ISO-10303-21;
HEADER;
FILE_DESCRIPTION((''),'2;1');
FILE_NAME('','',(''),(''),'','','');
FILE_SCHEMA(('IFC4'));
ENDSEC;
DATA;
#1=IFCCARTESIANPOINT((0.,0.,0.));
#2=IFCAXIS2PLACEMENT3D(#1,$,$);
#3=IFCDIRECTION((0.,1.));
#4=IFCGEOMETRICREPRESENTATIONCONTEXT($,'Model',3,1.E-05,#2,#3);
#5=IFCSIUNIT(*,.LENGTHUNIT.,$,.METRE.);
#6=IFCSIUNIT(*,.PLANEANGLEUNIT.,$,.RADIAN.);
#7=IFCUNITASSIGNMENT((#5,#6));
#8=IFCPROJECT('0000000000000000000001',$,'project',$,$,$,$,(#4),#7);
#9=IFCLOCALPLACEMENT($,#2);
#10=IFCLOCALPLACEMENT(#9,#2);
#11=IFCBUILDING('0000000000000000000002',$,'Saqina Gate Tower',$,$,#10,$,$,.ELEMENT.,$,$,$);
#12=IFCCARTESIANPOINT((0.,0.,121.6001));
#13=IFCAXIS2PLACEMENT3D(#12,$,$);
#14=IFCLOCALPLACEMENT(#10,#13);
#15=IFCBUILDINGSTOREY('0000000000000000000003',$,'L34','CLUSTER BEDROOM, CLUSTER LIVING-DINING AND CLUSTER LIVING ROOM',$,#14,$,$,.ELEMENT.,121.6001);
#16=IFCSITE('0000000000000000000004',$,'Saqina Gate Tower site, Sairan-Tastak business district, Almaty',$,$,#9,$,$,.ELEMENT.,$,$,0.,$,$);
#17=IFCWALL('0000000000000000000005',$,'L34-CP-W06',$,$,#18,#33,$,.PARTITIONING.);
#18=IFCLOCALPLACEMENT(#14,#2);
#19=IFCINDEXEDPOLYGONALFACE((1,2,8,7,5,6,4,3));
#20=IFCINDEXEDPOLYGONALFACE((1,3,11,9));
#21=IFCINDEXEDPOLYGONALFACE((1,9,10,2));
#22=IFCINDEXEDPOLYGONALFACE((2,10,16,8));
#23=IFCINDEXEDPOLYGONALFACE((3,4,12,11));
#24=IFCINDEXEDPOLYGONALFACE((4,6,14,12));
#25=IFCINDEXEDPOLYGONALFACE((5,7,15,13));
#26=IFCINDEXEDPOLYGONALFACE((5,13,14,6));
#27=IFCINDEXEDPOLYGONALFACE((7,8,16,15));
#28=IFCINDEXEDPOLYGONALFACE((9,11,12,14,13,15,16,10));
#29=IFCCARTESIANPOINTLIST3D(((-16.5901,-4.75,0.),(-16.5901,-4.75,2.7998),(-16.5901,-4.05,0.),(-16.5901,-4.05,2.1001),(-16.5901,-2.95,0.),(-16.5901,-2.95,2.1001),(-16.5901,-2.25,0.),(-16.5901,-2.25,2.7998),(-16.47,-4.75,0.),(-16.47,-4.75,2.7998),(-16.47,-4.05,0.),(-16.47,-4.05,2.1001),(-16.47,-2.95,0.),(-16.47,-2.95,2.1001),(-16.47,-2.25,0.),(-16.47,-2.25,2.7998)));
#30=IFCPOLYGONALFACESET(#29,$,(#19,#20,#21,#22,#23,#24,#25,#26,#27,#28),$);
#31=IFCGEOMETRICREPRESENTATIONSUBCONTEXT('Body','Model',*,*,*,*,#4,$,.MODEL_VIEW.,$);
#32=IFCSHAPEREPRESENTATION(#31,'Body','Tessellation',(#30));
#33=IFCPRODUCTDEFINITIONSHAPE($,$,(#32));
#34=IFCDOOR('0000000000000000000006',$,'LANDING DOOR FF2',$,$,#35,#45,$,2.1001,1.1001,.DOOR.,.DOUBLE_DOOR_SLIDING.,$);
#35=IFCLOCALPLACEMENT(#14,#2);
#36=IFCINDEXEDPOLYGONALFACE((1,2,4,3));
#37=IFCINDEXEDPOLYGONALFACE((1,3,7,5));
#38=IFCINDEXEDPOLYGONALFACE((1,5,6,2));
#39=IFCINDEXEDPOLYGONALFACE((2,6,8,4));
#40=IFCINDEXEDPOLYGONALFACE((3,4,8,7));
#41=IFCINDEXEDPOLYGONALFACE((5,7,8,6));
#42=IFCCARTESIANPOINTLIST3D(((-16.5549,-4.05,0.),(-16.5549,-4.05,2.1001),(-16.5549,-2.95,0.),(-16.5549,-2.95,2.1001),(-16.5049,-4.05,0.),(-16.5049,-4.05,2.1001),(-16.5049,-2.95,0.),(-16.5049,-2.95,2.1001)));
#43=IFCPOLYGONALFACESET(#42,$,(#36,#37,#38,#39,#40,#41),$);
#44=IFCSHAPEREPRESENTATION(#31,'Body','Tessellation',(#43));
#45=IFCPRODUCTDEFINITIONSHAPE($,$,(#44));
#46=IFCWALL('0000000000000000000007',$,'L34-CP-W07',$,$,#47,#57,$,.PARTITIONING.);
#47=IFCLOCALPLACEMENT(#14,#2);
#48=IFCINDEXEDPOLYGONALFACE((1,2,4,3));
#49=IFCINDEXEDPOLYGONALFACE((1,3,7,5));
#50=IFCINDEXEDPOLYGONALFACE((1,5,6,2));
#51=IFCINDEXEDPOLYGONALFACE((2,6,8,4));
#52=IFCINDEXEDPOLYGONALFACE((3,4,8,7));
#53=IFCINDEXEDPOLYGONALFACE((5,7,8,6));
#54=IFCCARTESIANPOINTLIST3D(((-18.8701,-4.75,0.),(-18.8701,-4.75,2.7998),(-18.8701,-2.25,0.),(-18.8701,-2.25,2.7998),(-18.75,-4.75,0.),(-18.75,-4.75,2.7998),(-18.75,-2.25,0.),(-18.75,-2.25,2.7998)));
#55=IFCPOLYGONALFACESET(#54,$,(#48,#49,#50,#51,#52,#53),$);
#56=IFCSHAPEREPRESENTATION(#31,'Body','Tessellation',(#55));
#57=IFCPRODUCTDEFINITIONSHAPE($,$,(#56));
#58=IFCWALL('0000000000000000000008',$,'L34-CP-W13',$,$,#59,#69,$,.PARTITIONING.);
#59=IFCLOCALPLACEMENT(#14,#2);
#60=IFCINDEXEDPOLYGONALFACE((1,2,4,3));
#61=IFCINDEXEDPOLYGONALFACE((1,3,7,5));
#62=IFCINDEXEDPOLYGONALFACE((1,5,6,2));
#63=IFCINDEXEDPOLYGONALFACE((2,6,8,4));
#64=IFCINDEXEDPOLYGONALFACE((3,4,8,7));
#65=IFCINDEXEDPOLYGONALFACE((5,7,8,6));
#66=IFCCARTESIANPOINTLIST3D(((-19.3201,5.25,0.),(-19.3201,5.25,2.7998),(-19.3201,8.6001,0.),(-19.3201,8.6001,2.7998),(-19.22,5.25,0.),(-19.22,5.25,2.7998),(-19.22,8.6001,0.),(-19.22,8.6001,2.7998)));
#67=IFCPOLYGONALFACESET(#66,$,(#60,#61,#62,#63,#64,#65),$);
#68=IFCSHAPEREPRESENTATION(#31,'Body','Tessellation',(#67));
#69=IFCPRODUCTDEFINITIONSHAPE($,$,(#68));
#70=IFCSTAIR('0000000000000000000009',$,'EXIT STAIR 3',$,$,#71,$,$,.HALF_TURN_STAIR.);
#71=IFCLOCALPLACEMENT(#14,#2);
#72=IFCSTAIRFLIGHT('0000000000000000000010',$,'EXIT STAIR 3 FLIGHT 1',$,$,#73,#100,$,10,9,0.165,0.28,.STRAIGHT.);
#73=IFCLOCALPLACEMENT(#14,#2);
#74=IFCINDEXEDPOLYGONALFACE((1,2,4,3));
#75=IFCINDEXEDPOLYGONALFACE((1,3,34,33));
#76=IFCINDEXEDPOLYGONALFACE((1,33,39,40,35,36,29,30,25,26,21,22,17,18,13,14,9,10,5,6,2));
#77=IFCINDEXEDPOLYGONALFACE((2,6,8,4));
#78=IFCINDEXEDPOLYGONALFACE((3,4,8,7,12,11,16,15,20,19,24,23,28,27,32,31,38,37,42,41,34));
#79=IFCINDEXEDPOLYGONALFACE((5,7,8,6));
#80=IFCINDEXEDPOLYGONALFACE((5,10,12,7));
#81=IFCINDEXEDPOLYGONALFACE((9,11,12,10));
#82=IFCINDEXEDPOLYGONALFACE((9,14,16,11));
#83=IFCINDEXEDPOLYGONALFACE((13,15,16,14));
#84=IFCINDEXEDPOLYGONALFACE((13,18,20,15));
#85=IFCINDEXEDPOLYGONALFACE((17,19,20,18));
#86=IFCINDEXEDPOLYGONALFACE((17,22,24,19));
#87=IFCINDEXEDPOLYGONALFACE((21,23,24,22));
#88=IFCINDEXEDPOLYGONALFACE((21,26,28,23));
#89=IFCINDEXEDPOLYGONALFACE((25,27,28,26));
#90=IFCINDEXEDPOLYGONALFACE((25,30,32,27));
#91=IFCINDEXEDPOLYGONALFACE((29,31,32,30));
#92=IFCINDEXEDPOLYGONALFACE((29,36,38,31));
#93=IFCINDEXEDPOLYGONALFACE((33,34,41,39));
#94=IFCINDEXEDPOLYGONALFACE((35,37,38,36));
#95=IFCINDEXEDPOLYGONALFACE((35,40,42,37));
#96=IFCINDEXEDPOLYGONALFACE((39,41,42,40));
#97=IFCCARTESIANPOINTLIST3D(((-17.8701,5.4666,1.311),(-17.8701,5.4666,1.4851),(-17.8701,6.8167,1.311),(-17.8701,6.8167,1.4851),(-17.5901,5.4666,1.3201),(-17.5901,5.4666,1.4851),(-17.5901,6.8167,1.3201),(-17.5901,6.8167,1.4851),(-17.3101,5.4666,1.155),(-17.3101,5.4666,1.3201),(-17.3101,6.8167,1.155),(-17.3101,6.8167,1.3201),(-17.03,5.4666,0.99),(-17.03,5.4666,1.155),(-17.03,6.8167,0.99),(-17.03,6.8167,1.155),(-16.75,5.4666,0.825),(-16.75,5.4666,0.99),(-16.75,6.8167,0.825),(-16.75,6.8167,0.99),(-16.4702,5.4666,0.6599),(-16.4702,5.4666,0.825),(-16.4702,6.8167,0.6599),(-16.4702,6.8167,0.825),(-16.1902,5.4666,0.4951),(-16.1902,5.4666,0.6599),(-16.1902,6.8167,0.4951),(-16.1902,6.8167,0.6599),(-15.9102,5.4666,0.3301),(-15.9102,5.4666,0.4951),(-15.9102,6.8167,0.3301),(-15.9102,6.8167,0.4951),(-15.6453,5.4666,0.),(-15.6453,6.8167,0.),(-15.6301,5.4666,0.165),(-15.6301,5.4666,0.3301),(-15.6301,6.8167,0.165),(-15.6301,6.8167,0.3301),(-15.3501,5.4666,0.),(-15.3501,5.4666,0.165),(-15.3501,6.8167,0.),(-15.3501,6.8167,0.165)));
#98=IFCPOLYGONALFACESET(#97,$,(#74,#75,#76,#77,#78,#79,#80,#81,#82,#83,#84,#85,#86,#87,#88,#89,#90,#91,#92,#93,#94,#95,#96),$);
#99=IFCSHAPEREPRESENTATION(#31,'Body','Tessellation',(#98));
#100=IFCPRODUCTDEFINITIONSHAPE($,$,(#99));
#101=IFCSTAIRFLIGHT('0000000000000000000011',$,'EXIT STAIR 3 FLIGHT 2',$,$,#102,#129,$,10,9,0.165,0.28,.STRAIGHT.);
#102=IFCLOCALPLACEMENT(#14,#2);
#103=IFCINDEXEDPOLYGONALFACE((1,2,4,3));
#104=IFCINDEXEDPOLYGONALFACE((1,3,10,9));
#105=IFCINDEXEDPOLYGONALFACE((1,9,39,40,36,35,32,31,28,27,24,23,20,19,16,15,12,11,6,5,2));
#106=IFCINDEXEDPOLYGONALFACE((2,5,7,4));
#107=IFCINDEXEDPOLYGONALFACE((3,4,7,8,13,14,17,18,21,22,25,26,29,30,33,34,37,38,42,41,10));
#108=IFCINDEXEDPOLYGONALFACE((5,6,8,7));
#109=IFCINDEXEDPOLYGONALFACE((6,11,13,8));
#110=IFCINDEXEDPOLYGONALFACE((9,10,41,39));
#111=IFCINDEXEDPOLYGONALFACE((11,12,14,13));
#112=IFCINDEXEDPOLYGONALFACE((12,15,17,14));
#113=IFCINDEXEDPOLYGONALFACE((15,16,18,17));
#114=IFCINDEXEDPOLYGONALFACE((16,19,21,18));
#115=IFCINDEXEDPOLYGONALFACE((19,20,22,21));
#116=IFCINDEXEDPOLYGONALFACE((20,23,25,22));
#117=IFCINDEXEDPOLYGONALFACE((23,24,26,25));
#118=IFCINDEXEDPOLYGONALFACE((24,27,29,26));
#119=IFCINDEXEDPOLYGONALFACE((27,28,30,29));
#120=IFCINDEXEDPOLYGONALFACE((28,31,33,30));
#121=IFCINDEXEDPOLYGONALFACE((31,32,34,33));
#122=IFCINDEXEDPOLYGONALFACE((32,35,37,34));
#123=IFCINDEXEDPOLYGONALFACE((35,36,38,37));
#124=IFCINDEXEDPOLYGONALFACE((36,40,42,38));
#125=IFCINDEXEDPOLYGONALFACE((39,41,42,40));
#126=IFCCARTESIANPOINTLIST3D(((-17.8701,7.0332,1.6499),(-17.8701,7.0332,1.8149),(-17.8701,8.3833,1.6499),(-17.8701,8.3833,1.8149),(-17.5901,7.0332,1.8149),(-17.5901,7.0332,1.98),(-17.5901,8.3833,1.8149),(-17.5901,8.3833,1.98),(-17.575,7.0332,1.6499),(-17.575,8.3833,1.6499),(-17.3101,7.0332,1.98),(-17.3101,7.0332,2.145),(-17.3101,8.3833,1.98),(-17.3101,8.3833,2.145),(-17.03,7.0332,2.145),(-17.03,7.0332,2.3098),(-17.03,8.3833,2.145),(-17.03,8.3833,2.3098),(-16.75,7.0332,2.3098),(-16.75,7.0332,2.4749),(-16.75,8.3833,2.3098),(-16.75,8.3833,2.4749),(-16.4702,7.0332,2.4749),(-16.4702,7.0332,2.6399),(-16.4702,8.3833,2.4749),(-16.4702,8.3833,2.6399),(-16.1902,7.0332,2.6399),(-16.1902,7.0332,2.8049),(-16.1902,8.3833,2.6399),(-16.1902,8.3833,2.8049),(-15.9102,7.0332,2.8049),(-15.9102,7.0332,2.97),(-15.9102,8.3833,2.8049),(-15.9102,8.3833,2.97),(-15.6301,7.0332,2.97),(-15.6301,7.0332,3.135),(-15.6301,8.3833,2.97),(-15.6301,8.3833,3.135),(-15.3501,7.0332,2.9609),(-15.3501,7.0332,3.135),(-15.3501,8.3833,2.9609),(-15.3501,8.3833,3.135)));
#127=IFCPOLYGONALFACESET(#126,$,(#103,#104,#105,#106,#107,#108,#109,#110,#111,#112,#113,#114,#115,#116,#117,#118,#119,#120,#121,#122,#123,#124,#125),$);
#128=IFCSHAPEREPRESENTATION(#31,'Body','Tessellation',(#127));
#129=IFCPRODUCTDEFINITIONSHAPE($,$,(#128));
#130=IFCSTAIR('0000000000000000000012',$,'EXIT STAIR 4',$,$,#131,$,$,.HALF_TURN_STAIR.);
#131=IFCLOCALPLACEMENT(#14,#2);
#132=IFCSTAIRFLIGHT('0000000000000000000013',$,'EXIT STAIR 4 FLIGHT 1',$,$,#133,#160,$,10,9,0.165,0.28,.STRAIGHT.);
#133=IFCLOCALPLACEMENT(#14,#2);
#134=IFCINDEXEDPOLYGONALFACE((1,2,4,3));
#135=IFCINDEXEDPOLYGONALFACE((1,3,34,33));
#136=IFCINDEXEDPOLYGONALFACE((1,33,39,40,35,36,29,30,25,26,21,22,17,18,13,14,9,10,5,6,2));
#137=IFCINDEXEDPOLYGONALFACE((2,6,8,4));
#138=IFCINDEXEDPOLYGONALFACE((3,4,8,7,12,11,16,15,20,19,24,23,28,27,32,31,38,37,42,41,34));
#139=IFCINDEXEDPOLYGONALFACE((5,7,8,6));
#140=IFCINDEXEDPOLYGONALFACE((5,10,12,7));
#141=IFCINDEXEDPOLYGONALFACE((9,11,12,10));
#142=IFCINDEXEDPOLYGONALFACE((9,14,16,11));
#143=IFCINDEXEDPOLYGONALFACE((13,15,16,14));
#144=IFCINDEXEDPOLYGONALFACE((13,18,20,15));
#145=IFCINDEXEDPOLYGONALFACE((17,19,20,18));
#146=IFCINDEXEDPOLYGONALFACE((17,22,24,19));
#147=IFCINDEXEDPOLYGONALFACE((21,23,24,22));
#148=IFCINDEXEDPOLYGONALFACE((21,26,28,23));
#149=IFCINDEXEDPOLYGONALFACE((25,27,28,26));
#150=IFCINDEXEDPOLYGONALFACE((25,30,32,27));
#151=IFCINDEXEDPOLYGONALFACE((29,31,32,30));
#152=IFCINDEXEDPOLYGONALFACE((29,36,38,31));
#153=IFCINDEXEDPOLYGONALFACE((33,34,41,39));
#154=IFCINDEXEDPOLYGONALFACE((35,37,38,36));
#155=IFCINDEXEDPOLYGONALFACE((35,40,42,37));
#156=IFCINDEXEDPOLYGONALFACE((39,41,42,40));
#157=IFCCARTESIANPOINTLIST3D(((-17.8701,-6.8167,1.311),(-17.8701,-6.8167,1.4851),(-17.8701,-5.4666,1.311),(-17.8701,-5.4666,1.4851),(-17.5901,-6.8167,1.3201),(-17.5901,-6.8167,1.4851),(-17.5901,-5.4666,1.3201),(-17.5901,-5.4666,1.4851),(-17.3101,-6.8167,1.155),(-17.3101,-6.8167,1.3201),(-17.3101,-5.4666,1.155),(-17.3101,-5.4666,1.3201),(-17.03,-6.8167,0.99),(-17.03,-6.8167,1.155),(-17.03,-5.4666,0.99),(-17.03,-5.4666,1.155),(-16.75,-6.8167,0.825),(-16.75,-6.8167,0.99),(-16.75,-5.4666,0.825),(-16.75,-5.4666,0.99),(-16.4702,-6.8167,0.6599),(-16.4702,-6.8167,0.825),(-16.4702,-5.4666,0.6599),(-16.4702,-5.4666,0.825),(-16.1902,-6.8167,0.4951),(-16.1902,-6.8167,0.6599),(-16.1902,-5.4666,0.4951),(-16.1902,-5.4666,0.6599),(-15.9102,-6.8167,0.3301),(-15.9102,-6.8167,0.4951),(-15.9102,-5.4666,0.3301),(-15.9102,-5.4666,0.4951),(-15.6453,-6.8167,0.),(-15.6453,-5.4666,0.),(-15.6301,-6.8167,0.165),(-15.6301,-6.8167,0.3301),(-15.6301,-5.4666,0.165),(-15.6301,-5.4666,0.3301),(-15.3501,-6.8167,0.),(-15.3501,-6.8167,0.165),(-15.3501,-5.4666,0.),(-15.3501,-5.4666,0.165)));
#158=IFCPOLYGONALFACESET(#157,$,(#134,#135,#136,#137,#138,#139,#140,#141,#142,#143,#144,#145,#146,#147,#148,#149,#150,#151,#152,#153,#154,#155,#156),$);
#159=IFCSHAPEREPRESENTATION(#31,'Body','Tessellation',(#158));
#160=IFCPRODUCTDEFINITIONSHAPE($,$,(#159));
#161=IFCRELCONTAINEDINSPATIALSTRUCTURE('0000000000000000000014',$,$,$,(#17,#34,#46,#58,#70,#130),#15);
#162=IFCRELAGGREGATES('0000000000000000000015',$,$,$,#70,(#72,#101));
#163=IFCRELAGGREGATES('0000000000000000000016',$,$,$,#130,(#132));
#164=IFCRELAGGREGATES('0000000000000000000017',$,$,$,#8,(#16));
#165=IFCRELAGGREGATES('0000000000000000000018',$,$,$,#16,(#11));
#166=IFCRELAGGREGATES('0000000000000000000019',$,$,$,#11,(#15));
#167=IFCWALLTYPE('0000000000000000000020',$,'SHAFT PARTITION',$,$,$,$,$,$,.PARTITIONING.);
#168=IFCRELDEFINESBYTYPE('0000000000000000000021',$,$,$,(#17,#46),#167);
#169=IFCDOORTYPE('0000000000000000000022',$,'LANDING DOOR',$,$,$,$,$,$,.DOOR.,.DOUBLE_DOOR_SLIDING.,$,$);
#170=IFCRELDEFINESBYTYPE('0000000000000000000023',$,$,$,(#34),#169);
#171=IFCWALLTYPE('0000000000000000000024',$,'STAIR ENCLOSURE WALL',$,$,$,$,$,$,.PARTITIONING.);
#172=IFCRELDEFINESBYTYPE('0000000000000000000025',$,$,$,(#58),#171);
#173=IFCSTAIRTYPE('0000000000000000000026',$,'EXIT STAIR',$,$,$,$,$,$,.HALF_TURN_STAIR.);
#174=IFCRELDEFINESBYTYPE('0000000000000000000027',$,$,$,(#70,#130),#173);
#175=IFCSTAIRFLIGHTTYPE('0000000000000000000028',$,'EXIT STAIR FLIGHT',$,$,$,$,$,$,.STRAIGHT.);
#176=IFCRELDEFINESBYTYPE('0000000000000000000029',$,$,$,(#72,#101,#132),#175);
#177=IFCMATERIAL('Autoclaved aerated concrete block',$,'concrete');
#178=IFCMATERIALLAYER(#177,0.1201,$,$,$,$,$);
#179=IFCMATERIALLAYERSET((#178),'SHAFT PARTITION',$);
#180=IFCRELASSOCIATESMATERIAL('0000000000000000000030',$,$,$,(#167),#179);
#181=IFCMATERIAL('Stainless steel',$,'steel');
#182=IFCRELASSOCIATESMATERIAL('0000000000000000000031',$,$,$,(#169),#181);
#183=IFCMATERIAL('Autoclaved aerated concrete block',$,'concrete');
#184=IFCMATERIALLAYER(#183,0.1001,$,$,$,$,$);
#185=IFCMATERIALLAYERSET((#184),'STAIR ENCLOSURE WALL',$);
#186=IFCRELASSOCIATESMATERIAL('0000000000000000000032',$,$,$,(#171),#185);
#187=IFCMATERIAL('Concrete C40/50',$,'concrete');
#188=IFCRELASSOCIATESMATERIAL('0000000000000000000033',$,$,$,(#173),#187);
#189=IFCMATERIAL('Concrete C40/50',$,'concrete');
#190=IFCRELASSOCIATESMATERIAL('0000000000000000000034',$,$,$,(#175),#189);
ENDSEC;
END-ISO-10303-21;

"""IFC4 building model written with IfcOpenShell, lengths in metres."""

from ifc_helpers import new_model, si_unit, direction, frame, frame_2d, origin, place, context, subcontext, project, spatial, polyline, rectangle, outline, extrude, material, layer, layer_set, type_object, element, fill, aggregate, save


model = new_model("IFC4")

# Units and contexts
model_context = context("Model", 3, precision=1e-05, world=origin(), true_north=direction((0.0, 1.0)))
body_context = subcontext(model_context, "Body", "Model", "MODEL_VIEW")
ifc_project = project(units=[si_unit("LENGTHUNIT", "METRE"), si_unit("PLANEANGLEUNIT", "RADIAN")], contexts=[model_context])

# Site, building, storey
site_placement = place(None, origin())
site = spatial("IfcSite", under=ifc_project, at=site_placement, Name="Saqina Gate Tower site, Sairan-Tastak business district, Almaty", CompositionType="ELEMENT", RefElevation=0.0)
building_placement = place(site_placement, origin())
building = spatial("IfcBuilding", under=site, at=building_placement, Name="Saqina Gate Tower", CompositionType="ELEMENT")
storey_placement = place(building_placement, frame((0.0, 0.0, 121.6001)))
storey = spatial("IfcBuildingStorey", under=building, at=storey_placement, Name="L34", Description="CLUSTER BEDROOM, CLUSTER LIVING-DINING AND CLUSTER LIVING ROOM", CompositionType="ELEMENT", Elevation=121.6001)

# Shared definitions
ifc_material_1 = material(Name="Autoclaved aerated concrete block", Category="concrete")
ifc_layer_1 = layer(ifc_material_1, 0.1201)
ifc_layer_set_1 = layer_set([ifc_layer_1], Name="SHAFT PARTITION")
wall_type_1 = type_object("IfcWallType", Name="SHAFT PARTITION", PredefinedType="PARTITIONING", material=ifc_layer_set_1)

# Wall, opening, door
wall_1_placement = place(storey_placement, frame((-16.53, -4.75, 0.0), z_axis=(0.0, 0.0, 1.0), x_axis=(0.0, 1.0, 0.0)))
wall_1 = element("IfcWall", 1, at=wall_1_placement, inside=storey, type_object=wall_type_1, Name="L34-CP-W06", PredefinedType="PARTITIONING", context=body_context, shape_type="SweptSolid", body=[
    extrude(rectangle(XDim=2.5, YDim=0.1201, at=frame_2d((1.25, 0.0))), origin(), (0.0, 0.0, 1.0), 2.7998),
])
opening_1_placement = place(wall_1_placement, frame((0.7, 0.0, 0.0)))
opening_1 = element("IfcOpeningElement", 2, at=opening_1_placement, cuts=wall_1, PredefinedType="OPENING", context=body_context, shape_type="SweptSolid", body=[
    extrude(rectangle(XDim=1.1001, YDim=2.1001, at=frame_2d((0.55, 1.05))), frame((0.0, 0.072, 0.0), z_axis=(0.0, -1.0, 0.0), x_axis=(1.0, 0.0, 0.0)), (0.0, 0.0, 1.0), 0.144),
])
ifc_material_2 = material(Name="Stainless steel", Category="steel")
door_type_1 = type_object("IfcDoorType", Name="LANDING DOOR", OperationType="DOUBLE_DOOR_SLIDING", PredefinedType="DOOR", material=ifc_material_2)
door_1_placement = place(opening_1_placement, origin())
door_1 = element("IfcDoor", 3, at=door_1_placement, inside=storey, type_object=door_type_1, Name="LANDING DOOR FF2", OperationType="DOUBLE_DOOR_SLIDING", OverallHeight=2.1001, OverallWidth=1.1001, PredefinedType="DOOR", context=body_context, shape_type="SweptSolid", body=[
    extrude(rectangle(XDim=1.1001, YDim=2.1001, at=frame_2d((0.55, 1.05))), frame((0.0, 0.0249, 0.0), z_axis=(0.0, -1.0, 0.0), x_axis=(1.0, 0.0, 0.0)), (0.0, 0.0, 1.0), 0.05),
])
fill(opening_1, door_1)

# Walls
wall_2_placement = place(storey_placement, frame((-18.8101, -4.75, 0.0), z_axis=(0.0, 0.0, 1.0), x_axis=(0.0, 1.0, 0.0)))
element("IfcWall", 4, at=wall_2_placement, inside=storey, type_object=wall_type_1, Name="L34-CP-W07", PredefinedType="PARTITIONING", context=body_context, shape_type="SweptSolid", body=[
    extrude(rectangle(XDim=2.5, YDim=0.1201, at=frame_2d((1.25, 0.0))), origin(), (0.0, 0.0, 1.0), 2.7998),
])
ifc_material_3 = material(Name="Autoclaved aerated concrete block", Category="concrete")
ifc_layer_2 = layer(ifc_material_3, 0.1001)
ifc_layer_set_2 = layer_set([ifc_layer_2], Name="STAIR ENCLOSURE WALL")
wall_type_2 = type_object("IfcWallType", Name="STAIR ENCLOSURE WALL", PredefinedType="PARTITIONING", material=ifc_layer_set_2)
wall_3_placement = place(storey_placement, frame((-19.27, 5.25, 0.0), z_axis=(0.0, 0.0, 1.0), x_axis=(0.0, 1.0, 0.0)))
element("IfcWall", 5, at=wall_3_placement, inside=storey, type_object=wall_type_2, Name="L34-CP-W13", PredefinedType="PARTITIONING", context=body_context, shape_type="SweptSolid", body=[
    extrude(rectangle(XDim=3.3501, YDim=0.1001, at=frame_2d((1.675, 0.0))), origin(), (0.0, 0.0, 1.0), 2.7998),
])

# Stair, stair flights
ifc_material_4 = material(Name="Concrete C40/50", Category="concrete")
stair_type = type_object("IfcStairType", Name="EXIT STAIR", PredefinedType="HALF_TURN_STAIR", material=ifc_material_4)
stair_1_placement = place(storey_placement, origin())
stair_1 = element("IfcStair", 6, at=stair_1_placement, inside=storey, type_object=stair_type, Name="EXIT STAIR 3", PredefinedType="HALF_TURN_STAIR")
ifc_material_5 = material(Name="Concrete C40/50", Category="concrete")
stair_flight_type = type_object("IfcStairFlightType", Name="EXIT STAIR FLIGHT", PredefinedType="STRAIGHT", material=ifc_material_5)
stair_flight_1_placement = place(storey_placement, frame((-15.3501, 6.1416, 0.0), z_axis=(0.0, 0.0, 1.0), x_axis=(-1.0, 0.0, 0.0)))
stair_flight_1 = element("IfcStairFlight", 7, at=stair_flight_1_placement, type_object=stair_flight_type, Name="EXIT STAIR 3 FLIGHT 1", NumberOfRisers=10, NumberOfTreads=9, PredefinedType="STRAIGHT", RiserHeight=0.165, TreadLength=0.28, context=body_context, shape_type="SweptSolid", body=[
    extrude(outline(polyline([(0.0, 0.0), (0.0, 0.165), (0.28, 0.165), (0.28, 0.3301), (0.5601, 0.3301), (0.5601, 0.4951), (0.8401, 0.4951), (0.8401, 0.6599), (1.1201, 0.6599), (1.1201, 0.825), (1.3999, 0.825), (1.3999, 0.99), (1.6799, 0.99), (1.6799, 1.155), (1.96, 1.155), (1.96, 1.3201), (2.24, 1.3201), (2.24, 1.4851), (2.52, 1.4851), (2.52, 1.6499), (2.52, 1.311), (0.2952, 0.0), (0.0, 0.0)])), frame((0.0, 0.675, 0.0), z_axis=(0.0, -1.0, 0.0), x_axis=(1.0, 0.0, 0.0)), (0.0, 0.0, 1.0), 1.3501),
])
stair_flight_2_placement = place(storey_placement, frame((-17.8701, 7.7083, 1.6499), z_axis=(0.0, 0.0, 1.0), x_axis=(1.0, 0.0, 0.0)))
stair_flight_2 = element("IfcStairFlight", 8, at=stair_flight_2_placement, type_object=stair_flight_type, Name="EXIT STAIR 3 FLIGHT 2", NumberOfRisers=10, NumberOfTreads=9, PredefinedType="STRAIGHT", RiserHeight=0.165, TreadLength=0.28, context=body_context, shape_type="SweptSolid", body=[
    extrude(outline(polyline([(0.0, 0.0), (0.0, 0.165), (0.28, 0.165), (0.28, 0.3301), (0.5601, 0.3301), (0.5601, 0.4951), (0.8401, 0.4951), (0.8401, 0.6599), (1.1201, 0.6599), (1.1201, 0.825), (1.3999, 0.825), (1.3999, 0.99), (1.6799, 0.99), (1.6799, 1.155), (1.96, 1.155), (1.96, 1.3201), (2.24, 1.3201), (2.24, 1.4851), (2.52, 1.4851), (2.52, 1.6499), (2.52, 1.311), (0.2952, 0.0), (0.0, 0.0)])), frame((0.0, 0.675, 0.0), z_axis=(0.0, -1.0, 0.0), x_axis=(1.0, 0.0, 0.0)), (0.0, 0.0, 1.0), 1.3501),
])
aggregate(stair_1, [stair_flight_1, stair_flight_2])

# Stair, stair flight
stair_2_placement = place(storey_placement, origin())
stair_2 = element("IfcStair", 9, at=stair_2_placement, inside=storey, type_object=stair_type, Name="EXIT STAIR 4", PredefinedType="HALF_TURN_STAIR")
stair_flight_3_placement = place(storey_placement, frame((-15.3501, -6.1416, 0.0), z_axis=(0.0, 0.0, 1.0), x_axis=(-1.0, 0.0, 0.0)))
stair_flight_3 = element("IfcStairFlight", 10, at=stair_flight_3_placement, type_object=stair_flight_type, Name="EXIT STAIR 4 FLIGHT 1", NumberOfRisers=10, NumberOfTreads=9, PredefinedType="STRAIGHT", RiserHeight=0.165, TreadLength=0.28, context=body_context, shape_type="SweptSolid", body=[
    extrude(outline(polyline([(0.0, 0.0), (0.0, 0.165), (0.28, 0.165), (0.28, 0.3301), (0.5601, 0.3301), (0.5601, 0.4951), (0.8401, 0.4951), (0.8401, 0.6599), (1.1201, 0.6599), (1.1201, 0.825), (1.3999, 0.825), (1.3999, 0.99), (1.6799, 0.99), (1.6799, 1.155), (1.96, 1.155), (1.96, 1.3201), (2.24, 1.3201), (2.24, 1.4851), (2.52, 1.4851), (2.52, 1.6499), (2.52, 1.311), (0.2952, 0.0), (0.0, 0.0)])), frame((0.0, 0.675, 0.0), z_axis=(0.0, -1.0, 0.0), x_axis=(1.0, 0.0, 0.0)), (0.0, 0.0, 1.0), 1.3501),
])
aggregate(stair_2, [stair_flight_3])

save(model, "model.ifc")
